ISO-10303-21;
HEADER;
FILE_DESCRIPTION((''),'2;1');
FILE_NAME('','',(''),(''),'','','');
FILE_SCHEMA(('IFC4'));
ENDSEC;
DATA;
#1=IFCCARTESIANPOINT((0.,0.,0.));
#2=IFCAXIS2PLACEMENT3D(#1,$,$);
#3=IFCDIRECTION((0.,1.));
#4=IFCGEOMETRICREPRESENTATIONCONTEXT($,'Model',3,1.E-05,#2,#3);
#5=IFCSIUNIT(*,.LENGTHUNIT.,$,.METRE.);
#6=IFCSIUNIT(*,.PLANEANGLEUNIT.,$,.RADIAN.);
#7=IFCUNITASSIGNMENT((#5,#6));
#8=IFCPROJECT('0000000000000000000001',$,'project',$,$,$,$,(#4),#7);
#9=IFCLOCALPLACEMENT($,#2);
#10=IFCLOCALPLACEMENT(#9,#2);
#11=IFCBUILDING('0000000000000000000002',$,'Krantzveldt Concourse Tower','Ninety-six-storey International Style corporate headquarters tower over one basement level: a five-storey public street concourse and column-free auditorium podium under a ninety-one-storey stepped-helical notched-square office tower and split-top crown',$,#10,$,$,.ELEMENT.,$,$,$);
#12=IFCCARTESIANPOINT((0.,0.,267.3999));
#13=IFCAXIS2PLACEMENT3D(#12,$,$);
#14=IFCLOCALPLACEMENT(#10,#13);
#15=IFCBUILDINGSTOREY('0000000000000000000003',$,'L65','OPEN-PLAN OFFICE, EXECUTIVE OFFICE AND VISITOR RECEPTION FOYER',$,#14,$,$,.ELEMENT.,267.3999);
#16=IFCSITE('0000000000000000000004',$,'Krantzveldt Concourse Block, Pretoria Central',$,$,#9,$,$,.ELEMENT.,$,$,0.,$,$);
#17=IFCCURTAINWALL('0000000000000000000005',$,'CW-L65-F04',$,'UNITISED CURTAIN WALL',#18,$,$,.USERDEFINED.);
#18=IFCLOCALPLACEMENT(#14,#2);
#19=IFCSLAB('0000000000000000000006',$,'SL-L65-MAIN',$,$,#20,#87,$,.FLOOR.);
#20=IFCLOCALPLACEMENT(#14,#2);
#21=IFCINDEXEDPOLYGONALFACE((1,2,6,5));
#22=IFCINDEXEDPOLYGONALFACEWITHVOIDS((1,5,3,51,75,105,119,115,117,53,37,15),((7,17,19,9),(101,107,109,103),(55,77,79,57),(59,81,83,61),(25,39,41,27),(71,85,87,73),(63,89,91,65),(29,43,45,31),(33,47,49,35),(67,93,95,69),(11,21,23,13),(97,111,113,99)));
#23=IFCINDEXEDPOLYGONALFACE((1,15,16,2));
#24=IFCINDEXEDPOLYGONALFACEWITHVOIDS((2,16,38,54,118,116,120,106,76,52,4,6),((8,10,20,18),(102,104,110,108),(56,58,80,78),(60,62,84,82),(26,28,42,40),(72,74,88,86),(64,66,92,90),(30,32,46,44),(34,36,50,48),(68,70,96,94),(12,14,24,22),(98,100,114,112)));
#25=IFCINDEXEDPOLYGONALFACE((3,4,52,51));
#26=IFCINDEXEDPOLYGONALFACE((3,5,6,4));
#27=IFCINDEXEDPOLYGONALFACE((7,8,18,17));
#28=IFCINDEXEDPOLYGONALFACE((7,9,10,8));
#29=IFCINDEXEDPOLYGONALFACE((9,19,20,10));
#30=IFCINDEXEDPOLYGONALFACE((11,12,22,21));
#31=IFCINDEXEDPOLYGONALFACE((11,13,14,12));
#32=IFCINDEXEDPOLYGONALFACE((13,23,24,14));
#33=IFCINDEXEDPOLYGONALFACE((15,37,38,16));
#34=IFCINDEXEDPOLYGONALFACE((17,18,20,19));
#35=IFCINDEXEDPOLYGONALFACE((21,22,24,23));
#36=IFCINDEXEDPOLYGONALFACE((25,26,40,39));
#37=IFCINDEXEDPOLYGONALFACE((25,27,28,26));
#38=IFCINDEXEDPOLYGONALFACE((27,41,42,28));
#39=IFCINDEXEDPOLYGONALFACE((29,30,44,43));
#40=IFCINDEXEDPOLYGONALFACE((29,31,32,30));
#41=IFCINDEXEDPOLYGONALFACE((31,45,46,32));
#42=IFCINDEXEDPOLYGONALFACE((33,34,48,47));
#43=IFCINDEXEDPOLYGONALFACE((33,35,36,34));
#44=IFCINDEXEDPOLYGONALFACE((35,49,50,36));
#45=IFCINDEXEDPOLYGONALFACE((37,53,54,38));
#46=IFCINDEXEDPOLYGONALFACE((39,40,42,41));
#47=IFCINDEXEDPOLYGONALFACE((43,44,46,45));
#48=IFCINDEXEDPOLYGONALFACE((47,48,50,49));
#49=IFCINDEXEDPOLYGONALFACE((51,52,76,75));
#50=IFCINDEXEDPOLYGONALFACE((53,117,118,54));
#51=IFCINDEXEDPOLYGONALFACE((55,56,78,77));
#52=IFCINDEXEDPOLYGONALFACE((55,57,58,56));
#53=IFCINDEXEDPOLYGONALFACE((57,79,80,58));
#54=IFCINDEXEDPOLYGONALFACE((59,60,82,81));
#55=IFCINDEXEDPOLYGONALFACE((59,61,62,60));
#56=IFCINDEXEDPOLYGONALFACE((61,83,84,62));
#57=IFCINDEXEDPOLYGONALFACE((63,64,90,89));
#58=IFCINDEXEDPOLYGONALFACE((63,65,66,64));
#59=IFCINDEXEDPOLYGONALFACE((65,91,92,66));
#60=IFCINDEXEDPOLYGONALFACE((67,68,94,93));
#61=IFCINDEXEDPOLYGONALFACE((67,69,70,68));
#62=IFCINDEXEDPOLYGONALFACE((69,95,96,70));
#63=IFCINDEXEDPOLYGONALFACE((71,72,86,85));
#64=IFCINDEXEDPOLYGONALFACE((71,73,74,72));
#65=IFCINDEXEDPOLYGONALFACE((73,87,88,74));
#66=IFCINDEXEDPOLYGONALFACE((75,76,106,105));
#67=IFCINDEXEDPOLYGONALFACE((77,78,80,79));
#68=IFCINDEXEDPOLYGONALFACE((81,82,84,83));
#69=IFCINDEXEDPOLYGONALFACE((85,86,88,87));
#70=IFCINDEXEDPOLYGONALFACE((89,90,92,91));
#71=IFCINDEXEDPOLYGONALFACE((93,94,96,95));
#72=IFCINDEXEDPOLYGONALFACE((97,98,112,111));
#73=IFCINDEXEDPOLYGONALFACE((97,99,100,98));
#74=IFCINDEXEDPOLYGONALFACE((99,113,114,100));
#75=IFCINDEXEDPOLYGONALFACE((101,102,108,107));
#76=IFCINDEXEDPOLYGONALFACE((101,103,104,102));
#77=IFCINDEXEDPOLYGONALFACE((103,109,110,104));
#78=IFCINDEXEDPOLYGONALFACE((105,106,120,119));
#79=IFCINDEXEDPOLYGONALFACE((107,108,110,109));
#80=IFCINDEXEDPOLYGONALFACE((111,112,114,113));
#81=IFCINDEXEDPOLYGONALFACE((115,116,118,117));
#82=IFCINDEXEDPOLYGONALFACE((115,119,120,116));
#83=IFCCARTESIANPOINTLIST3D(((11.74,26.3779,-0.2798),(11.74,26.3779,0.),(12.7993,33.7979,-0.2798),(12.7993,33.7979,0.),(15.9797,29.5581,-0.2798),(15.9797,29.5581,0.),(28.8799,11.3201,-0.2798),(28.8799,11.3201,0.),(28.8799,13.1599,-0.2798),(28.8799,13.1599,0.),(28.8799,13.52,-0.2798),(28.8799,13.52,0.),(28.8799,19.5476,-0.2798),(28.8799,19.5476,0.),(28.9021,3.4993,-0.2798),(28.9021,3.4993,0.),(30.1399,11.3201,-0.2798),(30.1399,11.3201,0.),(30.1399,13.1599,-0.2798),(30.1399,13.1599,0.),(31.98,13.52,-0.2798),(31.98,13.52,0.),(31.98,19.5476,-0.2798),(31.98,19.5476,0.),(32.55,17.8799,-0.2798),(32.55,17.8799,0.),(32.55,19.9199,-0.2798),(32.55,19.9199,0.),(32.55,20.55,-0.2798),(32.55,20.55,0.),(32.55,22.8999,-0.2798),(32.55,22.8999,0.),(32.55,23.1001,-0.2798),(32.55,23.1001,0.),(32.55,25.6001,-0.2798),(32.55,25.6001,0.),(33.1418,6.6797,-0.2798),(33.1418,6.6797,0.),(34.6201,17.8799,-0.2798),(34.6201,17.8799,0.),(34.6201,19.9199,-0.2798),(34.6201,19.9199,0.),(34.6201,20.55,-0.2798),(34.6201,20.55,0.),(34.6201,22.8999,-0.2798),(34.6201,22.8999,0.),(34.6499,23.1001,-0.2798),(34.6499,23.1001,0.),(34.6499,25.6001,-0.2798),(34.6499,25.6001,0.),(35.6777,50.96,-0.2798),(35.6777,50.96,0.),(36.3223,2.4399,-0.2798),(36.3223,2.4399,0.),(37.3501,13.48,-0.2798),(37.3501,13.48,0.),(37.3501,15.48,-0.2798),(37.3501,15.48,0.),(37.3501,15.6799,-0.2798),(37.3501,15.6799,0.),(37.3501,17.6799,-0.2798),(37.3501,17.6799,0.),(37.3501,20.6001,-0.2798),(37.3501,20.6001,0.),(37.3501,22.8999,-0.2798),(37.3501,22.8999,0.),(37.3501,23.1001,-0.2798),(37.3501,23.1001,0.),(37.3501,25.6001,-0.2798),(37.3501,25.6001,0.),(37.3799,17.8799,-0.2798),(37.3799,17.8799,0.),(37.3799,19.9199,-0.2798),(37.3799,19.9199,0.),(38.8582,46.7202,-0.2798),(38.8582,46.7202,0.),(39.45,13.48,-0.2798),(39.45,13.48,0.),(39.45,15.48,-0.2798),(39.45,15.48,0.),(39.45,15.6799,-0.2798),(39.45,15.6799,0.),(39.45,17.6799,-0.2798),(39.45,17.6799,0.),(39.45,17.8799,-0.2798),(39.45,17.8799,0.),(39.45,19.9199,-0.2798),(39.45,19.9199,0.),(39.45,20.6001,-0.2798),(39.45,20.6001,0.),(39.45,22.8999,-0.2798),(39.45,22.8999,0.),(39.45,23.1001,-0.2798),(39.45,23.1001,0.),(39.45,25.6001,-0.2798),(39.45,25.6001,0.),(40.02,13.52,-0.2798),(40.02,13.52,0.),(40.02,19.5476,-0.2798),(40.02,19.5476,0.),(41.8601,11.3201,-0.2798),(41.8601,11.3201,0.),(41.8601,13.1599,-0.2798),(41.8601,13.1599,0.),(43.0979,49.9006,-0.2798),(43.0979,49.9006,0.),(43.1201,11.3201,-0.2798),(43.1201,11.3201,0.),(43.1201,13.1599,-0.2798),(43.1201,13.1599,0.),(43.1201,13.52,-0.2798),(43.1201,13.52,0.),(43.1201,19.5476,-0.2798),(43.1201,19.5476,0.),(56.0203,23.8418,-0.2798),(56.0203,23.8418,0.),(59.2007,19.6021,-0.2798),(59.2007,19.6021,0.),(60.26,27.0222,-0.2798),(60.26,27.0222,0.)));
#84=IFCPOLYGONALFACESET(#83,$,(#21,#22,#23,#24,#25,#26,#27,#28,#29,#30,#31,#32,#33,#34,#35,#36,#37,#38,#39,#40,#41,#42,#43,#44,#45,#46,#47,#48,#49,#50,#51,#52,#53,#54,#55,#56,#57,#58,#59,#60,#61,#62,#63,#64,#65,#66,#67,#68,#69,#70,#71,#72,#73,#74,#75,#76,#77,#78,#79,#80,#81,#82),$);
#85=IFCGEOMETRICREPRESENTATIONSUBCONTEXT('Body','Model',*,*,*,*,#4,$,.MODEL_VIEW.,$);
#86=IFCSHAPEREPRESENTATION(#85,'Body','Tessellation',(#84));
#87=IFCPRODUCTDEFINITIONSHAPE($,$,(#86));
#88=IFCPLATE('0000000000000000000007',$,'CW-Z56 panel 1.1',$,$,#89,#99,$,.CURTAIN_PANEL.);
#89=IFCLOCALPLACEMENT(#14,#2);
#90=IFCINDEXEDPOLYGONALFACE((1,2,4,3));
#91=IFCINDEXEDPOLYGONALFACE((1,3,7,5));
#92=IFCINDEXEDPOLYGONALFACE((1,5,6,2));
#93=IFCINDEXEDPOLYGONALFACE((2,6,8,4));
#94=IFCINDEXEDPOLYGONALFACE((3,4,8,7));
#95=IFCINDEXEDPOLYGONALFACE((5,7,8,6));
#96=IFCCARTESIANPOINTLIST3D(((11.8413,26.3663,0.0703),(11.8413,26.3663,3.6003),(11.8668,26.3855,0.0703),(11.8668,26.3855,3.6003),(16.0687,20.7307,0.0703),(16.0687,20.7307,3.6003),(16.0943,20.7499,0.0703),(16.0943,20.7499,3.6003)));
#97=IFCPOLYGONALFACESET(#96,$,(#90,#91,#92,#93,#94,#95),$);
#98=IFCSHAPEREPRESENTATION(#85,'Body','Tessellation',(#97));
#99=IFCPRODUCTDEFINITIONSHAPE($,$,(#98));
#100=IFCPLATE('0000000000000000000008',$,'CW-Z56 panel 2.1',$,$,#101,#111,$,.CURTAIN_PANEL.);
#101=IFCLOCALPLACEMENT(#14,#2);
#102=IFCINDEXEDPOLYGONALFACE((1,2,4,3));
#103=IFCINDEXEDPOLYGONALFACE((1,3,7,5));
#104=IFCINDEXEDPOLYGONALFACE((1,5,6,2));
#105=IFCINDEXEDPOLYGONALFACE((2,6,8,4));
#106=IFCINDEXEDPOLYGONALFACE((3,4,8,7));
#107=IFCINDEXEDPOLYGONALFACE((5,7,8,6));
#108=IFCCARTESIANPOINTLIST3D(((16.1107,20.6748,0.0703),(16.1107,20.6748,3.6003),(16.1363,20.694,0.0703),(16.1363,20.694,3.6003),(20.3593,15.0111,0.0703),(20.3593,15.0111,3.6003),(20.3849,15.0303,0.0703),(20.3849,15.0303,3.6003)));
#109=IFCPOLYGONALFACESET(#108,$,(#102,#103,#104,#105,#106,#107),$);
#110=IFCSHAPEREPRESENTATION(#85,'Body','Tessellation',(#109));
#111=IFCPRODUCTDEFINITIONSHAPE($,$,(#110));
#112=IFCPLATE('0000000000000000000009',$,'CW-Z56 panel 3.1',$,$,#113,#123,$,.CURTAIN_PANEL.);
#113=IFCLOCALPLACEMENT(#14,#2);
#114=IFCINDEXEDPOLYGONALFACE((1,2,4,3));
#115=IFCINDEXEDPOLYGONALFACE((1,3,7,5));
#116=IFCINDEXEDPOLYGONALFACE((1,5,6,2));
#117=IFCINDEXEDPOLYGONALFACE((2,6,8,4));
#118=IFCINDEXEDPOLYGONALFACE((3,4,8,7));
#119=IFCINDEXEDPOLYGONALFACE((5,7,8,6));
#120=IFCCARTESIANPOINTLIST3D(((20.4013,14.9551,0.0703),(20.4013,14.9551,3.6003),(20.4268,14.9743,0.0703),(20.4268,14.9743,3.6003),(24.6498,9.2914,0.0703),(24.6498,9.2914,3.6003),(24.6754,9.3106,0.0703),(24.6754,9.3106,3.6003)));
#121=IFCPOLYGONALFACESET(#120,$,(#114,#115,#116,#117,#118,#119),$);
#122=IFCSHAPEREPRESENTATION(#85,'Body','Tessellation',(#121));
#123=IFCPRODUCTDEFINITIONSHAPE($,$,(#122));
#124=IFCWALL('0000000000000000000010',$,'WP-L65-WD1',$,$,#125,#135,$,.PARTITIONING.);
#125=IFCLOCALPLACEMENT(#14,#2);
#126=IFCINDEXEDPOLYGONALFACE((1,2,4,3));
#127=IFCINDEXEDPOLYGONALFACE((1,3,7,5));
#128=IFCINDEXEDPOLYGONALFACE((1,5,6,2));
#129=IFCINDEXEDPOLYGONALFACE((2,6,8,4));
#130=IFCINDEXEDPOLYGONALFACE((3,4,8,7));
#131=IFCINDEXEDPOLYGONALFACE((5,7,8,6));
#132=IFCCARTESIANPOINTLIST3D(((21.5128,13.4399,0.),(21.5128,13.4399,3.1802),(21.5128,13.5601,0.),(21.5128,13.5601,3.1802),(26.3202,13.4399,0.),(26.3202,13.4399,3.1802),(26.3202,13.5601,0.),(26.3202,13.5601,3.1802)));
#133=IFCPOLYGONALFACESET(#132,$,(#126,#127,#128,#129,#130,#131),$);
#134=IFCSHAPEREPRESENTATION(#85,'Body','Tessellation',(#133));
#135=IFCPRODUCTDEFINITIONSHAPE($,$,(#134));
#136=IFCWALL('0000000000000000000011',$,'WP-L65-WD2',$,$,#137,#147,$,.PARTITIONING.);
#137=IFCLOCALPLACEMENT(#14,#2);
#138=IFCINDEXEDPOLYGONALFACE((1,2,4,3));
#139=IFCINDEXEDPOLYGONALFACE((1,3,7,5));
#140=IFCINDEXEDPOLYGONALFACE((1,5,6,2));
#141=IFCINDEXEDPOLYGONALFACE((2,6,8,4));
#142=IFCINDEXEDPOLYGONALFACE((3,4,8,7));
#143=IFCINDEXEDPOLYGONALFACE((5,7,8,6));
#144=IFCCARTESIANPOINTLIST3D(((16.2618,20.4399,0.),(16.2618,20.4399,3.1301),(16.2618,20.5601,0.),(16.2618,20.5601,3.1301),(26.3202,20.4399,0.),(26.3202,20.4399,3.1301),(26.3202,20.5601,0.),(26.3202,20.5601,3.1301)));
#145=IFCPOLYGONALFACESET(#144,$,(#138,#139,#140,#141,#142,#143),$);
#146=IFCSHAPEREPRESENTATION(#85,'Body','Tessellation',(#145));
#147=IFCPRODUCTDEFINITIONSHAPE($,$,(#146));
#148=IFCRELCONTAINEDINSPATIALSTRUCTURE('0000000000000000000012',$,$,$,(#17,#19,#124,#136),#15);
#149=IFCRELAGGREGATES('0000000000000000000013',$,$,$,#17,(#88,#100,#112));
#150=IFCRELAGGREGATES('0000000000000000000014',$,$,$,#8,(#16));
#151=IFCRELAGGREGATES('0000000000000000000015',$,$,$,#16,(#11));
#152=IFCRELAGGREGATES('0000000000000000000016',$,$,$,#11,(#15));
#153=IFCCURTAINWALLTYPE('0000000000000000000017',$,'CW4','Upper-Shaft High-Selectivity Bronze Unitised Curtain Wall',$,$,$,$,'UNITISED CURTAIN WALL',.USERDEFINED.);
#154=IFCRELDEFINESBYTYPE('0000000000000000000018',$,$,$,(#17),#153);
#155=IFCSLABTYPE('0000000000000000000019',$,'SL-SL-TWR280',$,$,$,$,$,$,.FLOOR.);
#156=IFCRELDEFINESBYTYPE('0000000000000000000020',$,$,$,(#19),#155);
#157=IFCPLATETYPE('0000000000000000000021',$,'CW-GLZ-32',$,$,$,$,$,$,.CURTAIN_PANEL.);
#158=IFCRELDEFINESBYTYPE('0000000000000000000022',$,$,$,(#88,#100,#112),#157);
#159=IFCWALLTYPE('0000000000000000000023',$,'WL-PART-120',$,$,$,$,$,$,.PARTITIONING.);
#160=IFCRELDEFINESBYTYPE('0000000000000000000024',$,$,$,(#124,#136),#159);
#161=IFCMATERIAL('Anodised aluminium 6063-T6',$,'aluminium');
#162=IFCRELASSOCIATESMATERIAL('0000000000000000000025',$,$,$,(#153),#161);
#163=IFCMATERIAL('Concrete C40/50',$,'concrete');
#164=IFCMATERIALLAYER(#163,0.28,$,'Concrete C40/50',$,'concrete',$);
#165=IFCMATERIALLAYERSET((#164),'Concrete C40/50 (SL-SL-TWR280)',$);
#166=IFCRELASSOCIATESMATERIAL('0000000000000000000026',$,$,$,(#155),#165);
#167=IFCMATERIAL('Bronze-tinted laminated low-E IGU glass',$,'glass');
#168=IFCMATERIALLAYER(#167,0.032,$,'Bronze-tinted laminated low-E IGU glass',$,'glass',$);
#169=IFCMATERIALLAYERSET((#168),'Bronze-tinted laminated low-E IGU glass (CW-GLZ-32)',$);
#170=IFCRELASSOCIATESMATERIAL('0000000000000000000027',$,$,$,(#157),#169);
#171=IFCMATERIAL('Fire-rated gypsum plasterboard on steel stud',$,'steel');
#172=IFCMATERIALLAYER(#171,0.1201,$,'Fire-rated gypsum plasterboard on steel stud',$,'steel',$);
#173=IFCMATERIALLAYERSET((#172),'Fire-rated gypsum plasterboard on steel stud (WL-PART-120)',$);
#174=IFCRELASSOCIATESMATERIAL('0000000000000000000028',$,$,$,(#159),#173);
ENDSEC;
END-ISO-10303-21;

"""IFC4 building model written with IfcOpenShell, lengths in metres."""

from ifc_helpers import new_model, si_unit, direction, frame, frame_2d, origin, origin_2d, place, context, subcontext, project, spatial, polyline, rectangle, outline, extrude, source, transform, mapped, material, layer, layer_set, type_object, type_shapes, element, aggregate, save


model = new_model("IFC4")

# Units and contexts
model_context = context("Model", 3, precision=1e-05, world=origin(), true_north=direction((0.0, 1.0)))
body_context = subcontext(model_context, "Body", "Model", "MODEL_VIEW")
ifc_project = project(units=[si_unit("LENGTHUNIT", "METRE"), si_unit("PLANEANGLEUNIT", "RADIAN")], contexts=[model_context])

# Site, building, storey
site_placement = place(None, origin())
site = spatial("IfcSite", under=ifc_project, at=site_placement, Name="Krantzveldt Concourse Block, Pretoria Central", CompositionType="ELEMENT", RefElevation=0.0)
building_placement = place(site_placement, origin())
building = spatial("IfcBuilding", under=site, at=building_placement, Name="Krantzveldt Concourse Tower", Description="Ninety-six-storey International Style corporate headquarters tower over one basement level: a five-storey public street concourse and column-free auditorium podium under a ninety-one-storey stepped-helical notched-square office tower and split-top crown", CompositionType="ELEMENT")
storey_placement = place(building_placement, frame((0.0, 0.0, 267.3999)))
storey = spatial("IfcBuildingStorey", under=building, at=storey_placement, Name="L65", Description="OPEN-PLAN OFFICE, EXECUTIVE OFFICE AND VISITOR RECEPTION FOYER", CompositionType="ELEMENT", Elevation=267.3999)

# Curtain wall
ifc_material_1 = material(Name="Anodised aluminium 6063-T6", Category="aluminium")
curtain_wall_type = type_object("IfcCurtainWallType", Name="CW4", Description="Upper-Shaft High-Selectivity Bronze Unitised Curtain Wall", ElementType="UNITISED CURTAIN WALL", PredefinedType="USERDEFINED", material=ifc_material_1)
curtain_wall_placement = place(storey_placement, origin())
curtain_wall = element("IfcCurtainWall", 1, at=curtain_wall_placement, inside=storey, type_object=curtain_wall_type, Name="CW-L65-F04", ObjectType="UNITISED CURTAIN WALL", PredefinedType="USERDEFINED")

# Slab
ifc_material_2 = material(Name="Concrete C40/50", Category="concrete")
ifc_layer_1 = layer(ifc_material_2, 0.28, Name="Concrete C40/50", Category="concrete")
ifc_layer_set_1 = layer_set([ifc_layer_1], Name="Concrete C40/50 (SL-SL-TWR280)")
slab_type_1 = type_object("IfcSlabType", Name="SL-SL-TWR280", PredefinedType="FLOOR", material=ifc_layer_set_1)
slab_1_placement = place(storey_placement, frame((0.0, 0.0, -0.2798)))
element("IfcSlab", 2, at=slab_1_placement, inside=storey, type_object=slab_type_1, Name="SL-L65-MAIN", PredefinedType="FLOOR", context=body_context, shape_type="SweptSolid", body=[
    extrude(outline(polyline([(38.8582, 46.7202), (35.6777, 50.96), (12.7993, 33.7979), (15.9797, 29.5581), (11.74, 26.3779), (28.9021, 3.4993), (33.1418, 6.6797), (36.3223, 2.4399), (59.2007, 19.6021), (56.0203, 23.8418), (60.26, 27.0222), (43.0979, 49.9006), (38.8582, 46.7202)]), holes=[polyline([(28.8799, 19.5476), (28.8799, 13.52), (31.98, 13.52), (31.98, 19.5476), (28.8799, 19.5476)]), polyline([(40.02, 19.5476), (40.02, 13.52), (43.1201, 13.52), (43.1201, 19.5476), (40.02, 19.5476)]), polyline([(32.55, 23.1001), (34.6499, 23.1001), (34.6499, 25.6001), (32.55, 25.6001), (32.55, 23.1001)]), polyline([(37.3501, 23.1001), (39.45, 23.1001), (39.45, 25.6001), (37.3501, 25.6001), (37.3501, 23.1001)]), polyline([(37.3501, 20.6001), (39.45, 20.6001), (39.45, 22.8999), (37.3501, 22.8999), (37.3501, 20.6001)]), polyline([(37.3501, 13.48), (39.45, 13.48), (39.45, 15.48), (37.3501, 15.48), (37.3501, 13.48)]), polyline([(37.3501, 15.6799), (39.45, 15.6799), (39.45, 17.6799), (37.3501, 17.6799), (37.3501, 15.6799)]), polyline([(32.55, 20.55), (34.6201, 20.55), (34.6201, 22.8999), (32.55, 22.8999), (32.55, 20.55)]), polyline([(32.55, 17.8799), (34.6201, 17.8799), (34.6201, 19.9199), (32.55, 19.9199), (32.55, 17.8799)]), polyline([(37.3799, 17.8799), (39.45, 17.8799), (39.45, 19.9199), (37.3799, 19.9199), (37.3799, 17.8799)]), polyline([(28.8799, 11.3201), (30.1399, 11.3201), (30.1399, 13.1599), (28.8799, 13.1599), (28.8799, 11.3201)]), polyline([(41.8601, 11.3201), (43.1201, 11.3201), (43.1201, 13.1599), (41.8601, 13.1599), (41.8601, 11.3201)])]), origin(), (0.0, 0.0, 1.0), 0.2798),
])

# Plates
ifc_material_3 = material(Name="Bronze-tinted laminated low-E IGU glass", Category="glass")
ifc_layer_2 = layer(ifc_material_3, 0.032, Name="Bronze-tinted laminated low-E IGU glass", Category="glass")
ifc_layer_set_2 = layer_set([ifc_layer_2], Name="Bronze-tinted laminated low-E IGU glass (CW-GLZ-32)")
plate_type = type_object("IfcPlateType", Name="CW-GLZ-32", PredefinedType="CURTAIN_PANEL", material=ifc_layer_set_2)
shared_shape_1 = source(origin(), body_context, "Body", "SweptSolid", [
    extrude(rectangle(XDim=7.0449, YDim=0.032, at=origin_2d()), origin(), (0.0, 0.0, 1.0), 3.53),
])
plate_1_placement = place(storey_placement, frame((13.9678, 23.5581, 0.0703), z_axis=(0.0, 0.0, 1.0), x_axis=(0.600071, -0.799947, 0.0)))
plate_1 = element("IfcPlate", 3, at=plate_1_placement, type_object=plate_type, Name="CW-Z56 panel 1.1", PredefinedType="CURTAIN_PANEL", context=body_context, shape_type="MappedRepresentation", body=[
    mapped(shared_shape_1, transform((0.0, 0.0, 0.0), x_axis=(1.0, 0.0, 0.0), y_axis=(0.0, 1.0, 0.0), z_axis=(0.0, 0.0, 1.0), scale=1.0)),
])
shared_shape_2 = source(origin(), body_context, "Body", "SweptSolid", [
    extrude(rectangle(XDim=7.0801, YDim=0.032, at=origin_2d()), origin(), (0.0, 0.0, 1.0), 3.53),
])
type_shapes(plate_type, [shared_shape_1, shared_shape_2])
plate_2_placement = place(storey_placement, frame((18.2478, 17.8525, 0.0703), z_axis=(0.0, 0.0, 1.0), x_axis=(0.600071, -0.799947, 0.0)))
plate_2 = element("IfcPlate", 4, at=plate_2_placement, type_object=plate_type, Name="CW-Z56 panel 2.1", PredefinedType="CURTAIN_PANEL", context=body_context, shape_type="MappedRepresentation", body=[
    mapped(shared_shape_2, transform((0.0, 0.0, 0.0), x_axis=(1.0, 0.0, 0.0), y_axis=(0.0, 1.0, 0.0), z_axis=(0.0, 0.0, 1.0), scale=1.0)),
])
plate_3_placement = place(storey_placement, frame((22.5383, 12.1328, 0.0703), z_axis=(0.0, 0.0, 1.0), x_axis=(0.600071, -0.799947, 0.0)))
plate_3 = element("IfcPlate", 5, at=plate_3_placement, type_object=plate_type, Name="CW-Z56 panel 3.1", PredefinedType="CURTAIN_PANEL", context=body_context, shape_type="MappedRepresentation", body=[
    mapped(shared_shape_2, transform((0.0, 0.0, 0.0), x_axis=(1.0, 0.0, 0.0), y_axis=(0.0, 1.0, 0.0), z_axis=(0.0, 0.0, 1.0), scale=1.0)),
])
aggregate(curtain_wall, [plate_1, plate_2, plate_3])

# Walls
ifc_material_4 = material(Name="Fire-rated gypsum plasterboard on steel stud", Category="steel")
ifc_layer_3 = layer(ifc_material_4, 0.1201, Name="Fire-rated gypsum plasterboard on steel stud", Category="steel")
ifc_layer_set_3 = layer_set([ifc_layer_3], Name="Fire-rated gypsum plasterboard on steel stud (WL-PART-120)")
wall_type = type_object("IfcWallType", Name="WL-PART-120", PredefinedType="PARTITIONING", material=ifc_layer_set_3)
wall_1_placement = place(storey_placement, frame((21.5127, 13.5, 0.0), z_axis=(0.0, 0.0, 1.0), x_axis=(1.0, 0.0, 0.0)))
element("IfcWall", 6, at=wall_1_placement, inside=storey, type_object=wall_type, Name="WP-L65-WD1", PredefinedType="PARTITIONING", context=body_context, shape_type="SweptSolid", body=[
    extrude(rectangle(XDim=4.8074, YDim=0.1201, at=frame_2d((2.4038, 0.0))), origin(), (0.0, 0.0, 1.0), 3.1802),
])
wall_2_placement = place(storey_placement, frame((16.2617, 20.5, 0.0), z_axis=(0.0, 0.0, 1.0), x_axis=(1.0, 0.0, 0.0)))
element("IfcWall", 7, at=wall_2_placement, inside=storey, type_object=wall_type, Name="WP-L65-WD2", PredefinedType="PARTITIONING", context=body_context, shape_type="SweptSolid", body=[
    extrude(rectangle(XDim=10.0583, YDim=0.1201, at=frame_2d((5.0293, 0.0))), origin(), (0.0, 0.0, 1.0), 3.1301),
])

save(model, "model.ifc")
